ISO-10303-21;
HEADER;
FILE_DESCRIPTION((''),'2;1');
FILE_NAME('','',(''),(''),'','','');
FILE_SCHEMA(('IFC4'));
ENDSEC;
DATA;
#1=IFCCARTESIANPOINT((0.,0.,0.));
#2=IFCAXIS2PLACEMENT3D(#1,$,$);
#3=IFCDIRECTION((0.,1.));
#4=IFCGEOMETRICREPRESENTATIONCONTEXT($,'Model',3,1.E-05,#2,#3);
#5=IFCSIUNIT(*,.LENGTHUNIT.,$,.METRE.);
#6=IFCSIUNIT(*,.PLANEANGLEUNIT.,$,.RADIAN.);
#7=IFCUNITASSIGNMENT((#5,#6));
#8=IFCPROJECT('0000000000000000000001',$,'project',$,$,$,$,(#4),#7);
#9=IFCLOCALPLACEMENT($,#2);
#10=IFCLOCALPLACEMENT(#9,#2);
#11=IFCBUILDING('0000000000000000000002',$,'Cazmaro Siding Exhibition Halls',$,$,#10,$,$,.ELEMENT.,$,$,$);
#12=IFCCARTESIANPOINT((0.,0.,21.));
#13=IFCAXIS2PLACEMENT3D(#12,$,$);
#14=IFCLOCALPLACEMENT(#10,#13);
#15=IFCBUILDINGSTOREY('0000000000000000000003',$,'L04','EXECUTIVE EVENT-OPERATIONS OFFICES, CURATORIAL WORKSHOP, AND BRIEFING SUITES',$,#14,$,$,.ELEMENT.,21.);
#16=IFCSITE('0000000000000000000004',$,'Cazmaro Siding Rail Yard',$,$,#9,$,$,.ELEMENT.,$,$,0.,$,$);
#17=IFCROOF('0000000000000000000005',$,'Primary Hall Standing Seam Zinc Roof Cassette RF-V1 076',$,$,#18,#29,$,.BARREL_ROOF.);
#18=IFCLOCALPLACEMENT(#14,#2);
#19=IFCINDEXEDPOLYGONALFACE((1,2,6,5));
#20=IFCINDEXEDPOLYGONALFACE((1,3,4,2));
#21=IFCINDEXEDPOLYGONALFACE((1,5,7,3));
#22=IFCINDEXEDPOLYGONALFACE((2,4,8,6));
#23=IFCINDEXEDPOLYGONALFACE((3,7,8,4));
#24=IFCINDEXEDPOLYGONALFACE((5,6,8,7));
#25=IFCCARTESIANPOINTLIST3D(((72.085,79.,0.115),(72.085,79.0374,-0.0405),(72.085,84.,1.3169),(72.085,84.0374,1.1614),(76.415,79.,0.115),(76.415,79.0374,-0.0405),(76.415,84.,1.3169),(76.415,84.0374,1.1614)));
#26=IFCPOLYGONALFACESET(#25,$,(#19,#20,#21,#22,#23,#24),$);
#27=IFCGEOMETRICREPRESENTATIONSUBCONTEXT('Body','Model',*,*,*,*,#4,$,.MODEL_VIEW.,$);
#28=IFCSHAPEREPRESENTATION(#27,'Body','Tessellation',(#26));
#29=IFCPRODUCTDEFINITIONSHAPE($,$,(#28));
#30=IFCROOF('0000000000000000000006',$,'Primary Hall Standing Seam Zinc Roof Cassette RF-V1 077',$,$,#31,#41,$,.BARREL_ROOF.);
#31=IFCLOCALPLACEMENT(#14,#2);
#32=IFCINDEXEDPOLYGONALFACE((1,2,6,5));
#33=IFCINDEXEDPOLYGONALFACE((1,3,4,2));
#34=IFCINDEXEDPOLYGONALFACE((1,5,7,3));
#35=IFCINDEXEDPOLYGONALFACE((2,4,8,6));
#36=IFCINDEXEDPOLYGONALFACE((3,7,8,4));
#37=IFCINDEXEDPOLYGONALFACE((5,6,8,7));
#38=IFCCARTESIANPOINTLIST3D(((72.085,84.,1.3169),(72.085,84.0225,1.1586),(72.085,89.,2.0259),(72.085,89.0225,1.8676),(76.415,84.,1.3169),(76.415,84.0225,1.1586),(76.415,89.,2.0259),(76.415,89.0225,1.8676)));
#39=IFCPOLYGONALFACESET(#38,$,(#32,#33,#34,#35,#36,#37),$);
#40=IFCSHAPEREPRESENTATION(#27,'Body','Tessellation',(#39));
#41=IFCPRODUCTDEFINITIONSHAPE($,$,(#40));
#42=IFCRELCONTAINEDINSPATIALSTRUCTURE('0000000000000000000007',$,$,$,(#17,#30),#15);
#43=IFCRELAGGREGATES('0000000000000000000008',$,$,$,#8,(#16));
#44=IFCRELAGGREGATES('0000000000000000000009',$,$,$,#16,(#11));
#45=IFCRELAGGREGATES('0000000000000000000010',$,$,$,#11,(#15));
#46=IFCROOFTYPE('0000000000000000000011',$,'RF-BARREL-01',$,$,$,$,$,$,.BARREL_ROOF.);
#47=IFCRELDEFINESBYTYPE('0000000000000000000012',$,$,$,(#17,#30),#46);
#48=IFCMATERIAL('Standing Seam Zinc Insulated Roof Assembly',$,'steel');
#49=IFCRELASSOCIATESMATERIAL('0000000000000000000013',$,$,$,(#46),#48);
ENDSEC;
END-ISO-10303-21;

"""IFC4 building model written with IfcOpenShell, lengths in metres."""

from ifc_helpers import new_model, si_unit, direction, frame, origin, place, context, subcontext, project, spatial, polyline, outline, extrude, material, type_object, element, save


model = new_model("IFC4")

# Units and contexts
model_context = context("Model", 3, precision=1e-05, world=origin(), true_north=direction((0.0, 1.0)))
body_context = subcontext(model_context, "Body", "Model", "MODEL_VIEW")
ifc_project = project(units=[si_unit("LENGTHUNIT", "METRE"), si_unit("PLANEANGLEUNIT", "RADIAN")], contexts=[model_context])

# Site, building, storey
site_placement = place(None, origin())
site = spatial("IfcSite", under=ifc_project, at=site_placement, Name="Cazmaro Siding Rail Yard", CompositionType="ELEMENT", RefElevation=0.0)
building_placement = place(site_placement, origin())
building = spatial("IfcBuilding", under=site, at=building_placement, Name="Cazmaro Siding Exhibition Halls", CompositionType="ELEMENT")
storey_placement = place(building_placement, frame((0.0, 0.0, 21.0)))
storey = spatial("IfcBuildingStorey", under=building, at=storey_placement, Name="L04", Description="EXECUTIVE EVENT-OPERATIONS OFFICES, CURATORIAL WORKSHOP, AND BRIEFING SUITES", CompositionType="ELEMENT", Elevation=21.0)

# Roofs
ifc_material_1 = material(Name="Standing Seam Zinc Insulated Roof Assembly", Category="steel")
roof_type = type_object("IfcRoofType", Name="RF-BARREL-01", PredefinedType="BARREL_ROOF", material=ifc_material_1)
roof_1_placement = place(storey_placement, frame((72.085, 79.0, 0.115), z_axis=(0.0, -0.233723, 0.972303), x_axis=(1.0, 0.0, 0.0)))
element("IfcRoof", 1, at=roof_1_placement, inside=storey, type_object=roof_type, Name="Primary Hall Standing Seam Zinc Roof Cassette RF-V1 076", PredefinedType="BARREL_ROOF", context=body_context, shape_type="SweptSolid", body=[
    extrude(outline(polyline([(0.0, 0.0), (4.3301, 0.0), (4.3301, 5.1424), (0.0, 5.1424), (0.0, 0.0)])), origin(), (0.0, 0.0, -1.0), 0.1599),
])
roof_2_placement = place(storey_placement, frame((72.085, 84.0, 1.3169), z_axis=(0.0, -0.140393, 0.990096), x_axis=(1.0, 0.0, 0.0)))
element("IfcRoof", 2, at=roof_2_placement, inside=storey, type_object=roof_type, Name="Primary Hall Standing Seam Zinc Roof Cassette RF-V1 077", PredefinedType="BARREL_ROOF", context=body_context, shape_type="SweptSolid", body=[
    extrude(outline(polyline([(0.0, 0.0), (4.3301, 0.0), (4.3301, 5.05), (0.0, 5.05), (0.0, 0.0)])), origin(), (0.0, 0.0, -1.0), 0.1599),
])

save(model, "model.ifc")
